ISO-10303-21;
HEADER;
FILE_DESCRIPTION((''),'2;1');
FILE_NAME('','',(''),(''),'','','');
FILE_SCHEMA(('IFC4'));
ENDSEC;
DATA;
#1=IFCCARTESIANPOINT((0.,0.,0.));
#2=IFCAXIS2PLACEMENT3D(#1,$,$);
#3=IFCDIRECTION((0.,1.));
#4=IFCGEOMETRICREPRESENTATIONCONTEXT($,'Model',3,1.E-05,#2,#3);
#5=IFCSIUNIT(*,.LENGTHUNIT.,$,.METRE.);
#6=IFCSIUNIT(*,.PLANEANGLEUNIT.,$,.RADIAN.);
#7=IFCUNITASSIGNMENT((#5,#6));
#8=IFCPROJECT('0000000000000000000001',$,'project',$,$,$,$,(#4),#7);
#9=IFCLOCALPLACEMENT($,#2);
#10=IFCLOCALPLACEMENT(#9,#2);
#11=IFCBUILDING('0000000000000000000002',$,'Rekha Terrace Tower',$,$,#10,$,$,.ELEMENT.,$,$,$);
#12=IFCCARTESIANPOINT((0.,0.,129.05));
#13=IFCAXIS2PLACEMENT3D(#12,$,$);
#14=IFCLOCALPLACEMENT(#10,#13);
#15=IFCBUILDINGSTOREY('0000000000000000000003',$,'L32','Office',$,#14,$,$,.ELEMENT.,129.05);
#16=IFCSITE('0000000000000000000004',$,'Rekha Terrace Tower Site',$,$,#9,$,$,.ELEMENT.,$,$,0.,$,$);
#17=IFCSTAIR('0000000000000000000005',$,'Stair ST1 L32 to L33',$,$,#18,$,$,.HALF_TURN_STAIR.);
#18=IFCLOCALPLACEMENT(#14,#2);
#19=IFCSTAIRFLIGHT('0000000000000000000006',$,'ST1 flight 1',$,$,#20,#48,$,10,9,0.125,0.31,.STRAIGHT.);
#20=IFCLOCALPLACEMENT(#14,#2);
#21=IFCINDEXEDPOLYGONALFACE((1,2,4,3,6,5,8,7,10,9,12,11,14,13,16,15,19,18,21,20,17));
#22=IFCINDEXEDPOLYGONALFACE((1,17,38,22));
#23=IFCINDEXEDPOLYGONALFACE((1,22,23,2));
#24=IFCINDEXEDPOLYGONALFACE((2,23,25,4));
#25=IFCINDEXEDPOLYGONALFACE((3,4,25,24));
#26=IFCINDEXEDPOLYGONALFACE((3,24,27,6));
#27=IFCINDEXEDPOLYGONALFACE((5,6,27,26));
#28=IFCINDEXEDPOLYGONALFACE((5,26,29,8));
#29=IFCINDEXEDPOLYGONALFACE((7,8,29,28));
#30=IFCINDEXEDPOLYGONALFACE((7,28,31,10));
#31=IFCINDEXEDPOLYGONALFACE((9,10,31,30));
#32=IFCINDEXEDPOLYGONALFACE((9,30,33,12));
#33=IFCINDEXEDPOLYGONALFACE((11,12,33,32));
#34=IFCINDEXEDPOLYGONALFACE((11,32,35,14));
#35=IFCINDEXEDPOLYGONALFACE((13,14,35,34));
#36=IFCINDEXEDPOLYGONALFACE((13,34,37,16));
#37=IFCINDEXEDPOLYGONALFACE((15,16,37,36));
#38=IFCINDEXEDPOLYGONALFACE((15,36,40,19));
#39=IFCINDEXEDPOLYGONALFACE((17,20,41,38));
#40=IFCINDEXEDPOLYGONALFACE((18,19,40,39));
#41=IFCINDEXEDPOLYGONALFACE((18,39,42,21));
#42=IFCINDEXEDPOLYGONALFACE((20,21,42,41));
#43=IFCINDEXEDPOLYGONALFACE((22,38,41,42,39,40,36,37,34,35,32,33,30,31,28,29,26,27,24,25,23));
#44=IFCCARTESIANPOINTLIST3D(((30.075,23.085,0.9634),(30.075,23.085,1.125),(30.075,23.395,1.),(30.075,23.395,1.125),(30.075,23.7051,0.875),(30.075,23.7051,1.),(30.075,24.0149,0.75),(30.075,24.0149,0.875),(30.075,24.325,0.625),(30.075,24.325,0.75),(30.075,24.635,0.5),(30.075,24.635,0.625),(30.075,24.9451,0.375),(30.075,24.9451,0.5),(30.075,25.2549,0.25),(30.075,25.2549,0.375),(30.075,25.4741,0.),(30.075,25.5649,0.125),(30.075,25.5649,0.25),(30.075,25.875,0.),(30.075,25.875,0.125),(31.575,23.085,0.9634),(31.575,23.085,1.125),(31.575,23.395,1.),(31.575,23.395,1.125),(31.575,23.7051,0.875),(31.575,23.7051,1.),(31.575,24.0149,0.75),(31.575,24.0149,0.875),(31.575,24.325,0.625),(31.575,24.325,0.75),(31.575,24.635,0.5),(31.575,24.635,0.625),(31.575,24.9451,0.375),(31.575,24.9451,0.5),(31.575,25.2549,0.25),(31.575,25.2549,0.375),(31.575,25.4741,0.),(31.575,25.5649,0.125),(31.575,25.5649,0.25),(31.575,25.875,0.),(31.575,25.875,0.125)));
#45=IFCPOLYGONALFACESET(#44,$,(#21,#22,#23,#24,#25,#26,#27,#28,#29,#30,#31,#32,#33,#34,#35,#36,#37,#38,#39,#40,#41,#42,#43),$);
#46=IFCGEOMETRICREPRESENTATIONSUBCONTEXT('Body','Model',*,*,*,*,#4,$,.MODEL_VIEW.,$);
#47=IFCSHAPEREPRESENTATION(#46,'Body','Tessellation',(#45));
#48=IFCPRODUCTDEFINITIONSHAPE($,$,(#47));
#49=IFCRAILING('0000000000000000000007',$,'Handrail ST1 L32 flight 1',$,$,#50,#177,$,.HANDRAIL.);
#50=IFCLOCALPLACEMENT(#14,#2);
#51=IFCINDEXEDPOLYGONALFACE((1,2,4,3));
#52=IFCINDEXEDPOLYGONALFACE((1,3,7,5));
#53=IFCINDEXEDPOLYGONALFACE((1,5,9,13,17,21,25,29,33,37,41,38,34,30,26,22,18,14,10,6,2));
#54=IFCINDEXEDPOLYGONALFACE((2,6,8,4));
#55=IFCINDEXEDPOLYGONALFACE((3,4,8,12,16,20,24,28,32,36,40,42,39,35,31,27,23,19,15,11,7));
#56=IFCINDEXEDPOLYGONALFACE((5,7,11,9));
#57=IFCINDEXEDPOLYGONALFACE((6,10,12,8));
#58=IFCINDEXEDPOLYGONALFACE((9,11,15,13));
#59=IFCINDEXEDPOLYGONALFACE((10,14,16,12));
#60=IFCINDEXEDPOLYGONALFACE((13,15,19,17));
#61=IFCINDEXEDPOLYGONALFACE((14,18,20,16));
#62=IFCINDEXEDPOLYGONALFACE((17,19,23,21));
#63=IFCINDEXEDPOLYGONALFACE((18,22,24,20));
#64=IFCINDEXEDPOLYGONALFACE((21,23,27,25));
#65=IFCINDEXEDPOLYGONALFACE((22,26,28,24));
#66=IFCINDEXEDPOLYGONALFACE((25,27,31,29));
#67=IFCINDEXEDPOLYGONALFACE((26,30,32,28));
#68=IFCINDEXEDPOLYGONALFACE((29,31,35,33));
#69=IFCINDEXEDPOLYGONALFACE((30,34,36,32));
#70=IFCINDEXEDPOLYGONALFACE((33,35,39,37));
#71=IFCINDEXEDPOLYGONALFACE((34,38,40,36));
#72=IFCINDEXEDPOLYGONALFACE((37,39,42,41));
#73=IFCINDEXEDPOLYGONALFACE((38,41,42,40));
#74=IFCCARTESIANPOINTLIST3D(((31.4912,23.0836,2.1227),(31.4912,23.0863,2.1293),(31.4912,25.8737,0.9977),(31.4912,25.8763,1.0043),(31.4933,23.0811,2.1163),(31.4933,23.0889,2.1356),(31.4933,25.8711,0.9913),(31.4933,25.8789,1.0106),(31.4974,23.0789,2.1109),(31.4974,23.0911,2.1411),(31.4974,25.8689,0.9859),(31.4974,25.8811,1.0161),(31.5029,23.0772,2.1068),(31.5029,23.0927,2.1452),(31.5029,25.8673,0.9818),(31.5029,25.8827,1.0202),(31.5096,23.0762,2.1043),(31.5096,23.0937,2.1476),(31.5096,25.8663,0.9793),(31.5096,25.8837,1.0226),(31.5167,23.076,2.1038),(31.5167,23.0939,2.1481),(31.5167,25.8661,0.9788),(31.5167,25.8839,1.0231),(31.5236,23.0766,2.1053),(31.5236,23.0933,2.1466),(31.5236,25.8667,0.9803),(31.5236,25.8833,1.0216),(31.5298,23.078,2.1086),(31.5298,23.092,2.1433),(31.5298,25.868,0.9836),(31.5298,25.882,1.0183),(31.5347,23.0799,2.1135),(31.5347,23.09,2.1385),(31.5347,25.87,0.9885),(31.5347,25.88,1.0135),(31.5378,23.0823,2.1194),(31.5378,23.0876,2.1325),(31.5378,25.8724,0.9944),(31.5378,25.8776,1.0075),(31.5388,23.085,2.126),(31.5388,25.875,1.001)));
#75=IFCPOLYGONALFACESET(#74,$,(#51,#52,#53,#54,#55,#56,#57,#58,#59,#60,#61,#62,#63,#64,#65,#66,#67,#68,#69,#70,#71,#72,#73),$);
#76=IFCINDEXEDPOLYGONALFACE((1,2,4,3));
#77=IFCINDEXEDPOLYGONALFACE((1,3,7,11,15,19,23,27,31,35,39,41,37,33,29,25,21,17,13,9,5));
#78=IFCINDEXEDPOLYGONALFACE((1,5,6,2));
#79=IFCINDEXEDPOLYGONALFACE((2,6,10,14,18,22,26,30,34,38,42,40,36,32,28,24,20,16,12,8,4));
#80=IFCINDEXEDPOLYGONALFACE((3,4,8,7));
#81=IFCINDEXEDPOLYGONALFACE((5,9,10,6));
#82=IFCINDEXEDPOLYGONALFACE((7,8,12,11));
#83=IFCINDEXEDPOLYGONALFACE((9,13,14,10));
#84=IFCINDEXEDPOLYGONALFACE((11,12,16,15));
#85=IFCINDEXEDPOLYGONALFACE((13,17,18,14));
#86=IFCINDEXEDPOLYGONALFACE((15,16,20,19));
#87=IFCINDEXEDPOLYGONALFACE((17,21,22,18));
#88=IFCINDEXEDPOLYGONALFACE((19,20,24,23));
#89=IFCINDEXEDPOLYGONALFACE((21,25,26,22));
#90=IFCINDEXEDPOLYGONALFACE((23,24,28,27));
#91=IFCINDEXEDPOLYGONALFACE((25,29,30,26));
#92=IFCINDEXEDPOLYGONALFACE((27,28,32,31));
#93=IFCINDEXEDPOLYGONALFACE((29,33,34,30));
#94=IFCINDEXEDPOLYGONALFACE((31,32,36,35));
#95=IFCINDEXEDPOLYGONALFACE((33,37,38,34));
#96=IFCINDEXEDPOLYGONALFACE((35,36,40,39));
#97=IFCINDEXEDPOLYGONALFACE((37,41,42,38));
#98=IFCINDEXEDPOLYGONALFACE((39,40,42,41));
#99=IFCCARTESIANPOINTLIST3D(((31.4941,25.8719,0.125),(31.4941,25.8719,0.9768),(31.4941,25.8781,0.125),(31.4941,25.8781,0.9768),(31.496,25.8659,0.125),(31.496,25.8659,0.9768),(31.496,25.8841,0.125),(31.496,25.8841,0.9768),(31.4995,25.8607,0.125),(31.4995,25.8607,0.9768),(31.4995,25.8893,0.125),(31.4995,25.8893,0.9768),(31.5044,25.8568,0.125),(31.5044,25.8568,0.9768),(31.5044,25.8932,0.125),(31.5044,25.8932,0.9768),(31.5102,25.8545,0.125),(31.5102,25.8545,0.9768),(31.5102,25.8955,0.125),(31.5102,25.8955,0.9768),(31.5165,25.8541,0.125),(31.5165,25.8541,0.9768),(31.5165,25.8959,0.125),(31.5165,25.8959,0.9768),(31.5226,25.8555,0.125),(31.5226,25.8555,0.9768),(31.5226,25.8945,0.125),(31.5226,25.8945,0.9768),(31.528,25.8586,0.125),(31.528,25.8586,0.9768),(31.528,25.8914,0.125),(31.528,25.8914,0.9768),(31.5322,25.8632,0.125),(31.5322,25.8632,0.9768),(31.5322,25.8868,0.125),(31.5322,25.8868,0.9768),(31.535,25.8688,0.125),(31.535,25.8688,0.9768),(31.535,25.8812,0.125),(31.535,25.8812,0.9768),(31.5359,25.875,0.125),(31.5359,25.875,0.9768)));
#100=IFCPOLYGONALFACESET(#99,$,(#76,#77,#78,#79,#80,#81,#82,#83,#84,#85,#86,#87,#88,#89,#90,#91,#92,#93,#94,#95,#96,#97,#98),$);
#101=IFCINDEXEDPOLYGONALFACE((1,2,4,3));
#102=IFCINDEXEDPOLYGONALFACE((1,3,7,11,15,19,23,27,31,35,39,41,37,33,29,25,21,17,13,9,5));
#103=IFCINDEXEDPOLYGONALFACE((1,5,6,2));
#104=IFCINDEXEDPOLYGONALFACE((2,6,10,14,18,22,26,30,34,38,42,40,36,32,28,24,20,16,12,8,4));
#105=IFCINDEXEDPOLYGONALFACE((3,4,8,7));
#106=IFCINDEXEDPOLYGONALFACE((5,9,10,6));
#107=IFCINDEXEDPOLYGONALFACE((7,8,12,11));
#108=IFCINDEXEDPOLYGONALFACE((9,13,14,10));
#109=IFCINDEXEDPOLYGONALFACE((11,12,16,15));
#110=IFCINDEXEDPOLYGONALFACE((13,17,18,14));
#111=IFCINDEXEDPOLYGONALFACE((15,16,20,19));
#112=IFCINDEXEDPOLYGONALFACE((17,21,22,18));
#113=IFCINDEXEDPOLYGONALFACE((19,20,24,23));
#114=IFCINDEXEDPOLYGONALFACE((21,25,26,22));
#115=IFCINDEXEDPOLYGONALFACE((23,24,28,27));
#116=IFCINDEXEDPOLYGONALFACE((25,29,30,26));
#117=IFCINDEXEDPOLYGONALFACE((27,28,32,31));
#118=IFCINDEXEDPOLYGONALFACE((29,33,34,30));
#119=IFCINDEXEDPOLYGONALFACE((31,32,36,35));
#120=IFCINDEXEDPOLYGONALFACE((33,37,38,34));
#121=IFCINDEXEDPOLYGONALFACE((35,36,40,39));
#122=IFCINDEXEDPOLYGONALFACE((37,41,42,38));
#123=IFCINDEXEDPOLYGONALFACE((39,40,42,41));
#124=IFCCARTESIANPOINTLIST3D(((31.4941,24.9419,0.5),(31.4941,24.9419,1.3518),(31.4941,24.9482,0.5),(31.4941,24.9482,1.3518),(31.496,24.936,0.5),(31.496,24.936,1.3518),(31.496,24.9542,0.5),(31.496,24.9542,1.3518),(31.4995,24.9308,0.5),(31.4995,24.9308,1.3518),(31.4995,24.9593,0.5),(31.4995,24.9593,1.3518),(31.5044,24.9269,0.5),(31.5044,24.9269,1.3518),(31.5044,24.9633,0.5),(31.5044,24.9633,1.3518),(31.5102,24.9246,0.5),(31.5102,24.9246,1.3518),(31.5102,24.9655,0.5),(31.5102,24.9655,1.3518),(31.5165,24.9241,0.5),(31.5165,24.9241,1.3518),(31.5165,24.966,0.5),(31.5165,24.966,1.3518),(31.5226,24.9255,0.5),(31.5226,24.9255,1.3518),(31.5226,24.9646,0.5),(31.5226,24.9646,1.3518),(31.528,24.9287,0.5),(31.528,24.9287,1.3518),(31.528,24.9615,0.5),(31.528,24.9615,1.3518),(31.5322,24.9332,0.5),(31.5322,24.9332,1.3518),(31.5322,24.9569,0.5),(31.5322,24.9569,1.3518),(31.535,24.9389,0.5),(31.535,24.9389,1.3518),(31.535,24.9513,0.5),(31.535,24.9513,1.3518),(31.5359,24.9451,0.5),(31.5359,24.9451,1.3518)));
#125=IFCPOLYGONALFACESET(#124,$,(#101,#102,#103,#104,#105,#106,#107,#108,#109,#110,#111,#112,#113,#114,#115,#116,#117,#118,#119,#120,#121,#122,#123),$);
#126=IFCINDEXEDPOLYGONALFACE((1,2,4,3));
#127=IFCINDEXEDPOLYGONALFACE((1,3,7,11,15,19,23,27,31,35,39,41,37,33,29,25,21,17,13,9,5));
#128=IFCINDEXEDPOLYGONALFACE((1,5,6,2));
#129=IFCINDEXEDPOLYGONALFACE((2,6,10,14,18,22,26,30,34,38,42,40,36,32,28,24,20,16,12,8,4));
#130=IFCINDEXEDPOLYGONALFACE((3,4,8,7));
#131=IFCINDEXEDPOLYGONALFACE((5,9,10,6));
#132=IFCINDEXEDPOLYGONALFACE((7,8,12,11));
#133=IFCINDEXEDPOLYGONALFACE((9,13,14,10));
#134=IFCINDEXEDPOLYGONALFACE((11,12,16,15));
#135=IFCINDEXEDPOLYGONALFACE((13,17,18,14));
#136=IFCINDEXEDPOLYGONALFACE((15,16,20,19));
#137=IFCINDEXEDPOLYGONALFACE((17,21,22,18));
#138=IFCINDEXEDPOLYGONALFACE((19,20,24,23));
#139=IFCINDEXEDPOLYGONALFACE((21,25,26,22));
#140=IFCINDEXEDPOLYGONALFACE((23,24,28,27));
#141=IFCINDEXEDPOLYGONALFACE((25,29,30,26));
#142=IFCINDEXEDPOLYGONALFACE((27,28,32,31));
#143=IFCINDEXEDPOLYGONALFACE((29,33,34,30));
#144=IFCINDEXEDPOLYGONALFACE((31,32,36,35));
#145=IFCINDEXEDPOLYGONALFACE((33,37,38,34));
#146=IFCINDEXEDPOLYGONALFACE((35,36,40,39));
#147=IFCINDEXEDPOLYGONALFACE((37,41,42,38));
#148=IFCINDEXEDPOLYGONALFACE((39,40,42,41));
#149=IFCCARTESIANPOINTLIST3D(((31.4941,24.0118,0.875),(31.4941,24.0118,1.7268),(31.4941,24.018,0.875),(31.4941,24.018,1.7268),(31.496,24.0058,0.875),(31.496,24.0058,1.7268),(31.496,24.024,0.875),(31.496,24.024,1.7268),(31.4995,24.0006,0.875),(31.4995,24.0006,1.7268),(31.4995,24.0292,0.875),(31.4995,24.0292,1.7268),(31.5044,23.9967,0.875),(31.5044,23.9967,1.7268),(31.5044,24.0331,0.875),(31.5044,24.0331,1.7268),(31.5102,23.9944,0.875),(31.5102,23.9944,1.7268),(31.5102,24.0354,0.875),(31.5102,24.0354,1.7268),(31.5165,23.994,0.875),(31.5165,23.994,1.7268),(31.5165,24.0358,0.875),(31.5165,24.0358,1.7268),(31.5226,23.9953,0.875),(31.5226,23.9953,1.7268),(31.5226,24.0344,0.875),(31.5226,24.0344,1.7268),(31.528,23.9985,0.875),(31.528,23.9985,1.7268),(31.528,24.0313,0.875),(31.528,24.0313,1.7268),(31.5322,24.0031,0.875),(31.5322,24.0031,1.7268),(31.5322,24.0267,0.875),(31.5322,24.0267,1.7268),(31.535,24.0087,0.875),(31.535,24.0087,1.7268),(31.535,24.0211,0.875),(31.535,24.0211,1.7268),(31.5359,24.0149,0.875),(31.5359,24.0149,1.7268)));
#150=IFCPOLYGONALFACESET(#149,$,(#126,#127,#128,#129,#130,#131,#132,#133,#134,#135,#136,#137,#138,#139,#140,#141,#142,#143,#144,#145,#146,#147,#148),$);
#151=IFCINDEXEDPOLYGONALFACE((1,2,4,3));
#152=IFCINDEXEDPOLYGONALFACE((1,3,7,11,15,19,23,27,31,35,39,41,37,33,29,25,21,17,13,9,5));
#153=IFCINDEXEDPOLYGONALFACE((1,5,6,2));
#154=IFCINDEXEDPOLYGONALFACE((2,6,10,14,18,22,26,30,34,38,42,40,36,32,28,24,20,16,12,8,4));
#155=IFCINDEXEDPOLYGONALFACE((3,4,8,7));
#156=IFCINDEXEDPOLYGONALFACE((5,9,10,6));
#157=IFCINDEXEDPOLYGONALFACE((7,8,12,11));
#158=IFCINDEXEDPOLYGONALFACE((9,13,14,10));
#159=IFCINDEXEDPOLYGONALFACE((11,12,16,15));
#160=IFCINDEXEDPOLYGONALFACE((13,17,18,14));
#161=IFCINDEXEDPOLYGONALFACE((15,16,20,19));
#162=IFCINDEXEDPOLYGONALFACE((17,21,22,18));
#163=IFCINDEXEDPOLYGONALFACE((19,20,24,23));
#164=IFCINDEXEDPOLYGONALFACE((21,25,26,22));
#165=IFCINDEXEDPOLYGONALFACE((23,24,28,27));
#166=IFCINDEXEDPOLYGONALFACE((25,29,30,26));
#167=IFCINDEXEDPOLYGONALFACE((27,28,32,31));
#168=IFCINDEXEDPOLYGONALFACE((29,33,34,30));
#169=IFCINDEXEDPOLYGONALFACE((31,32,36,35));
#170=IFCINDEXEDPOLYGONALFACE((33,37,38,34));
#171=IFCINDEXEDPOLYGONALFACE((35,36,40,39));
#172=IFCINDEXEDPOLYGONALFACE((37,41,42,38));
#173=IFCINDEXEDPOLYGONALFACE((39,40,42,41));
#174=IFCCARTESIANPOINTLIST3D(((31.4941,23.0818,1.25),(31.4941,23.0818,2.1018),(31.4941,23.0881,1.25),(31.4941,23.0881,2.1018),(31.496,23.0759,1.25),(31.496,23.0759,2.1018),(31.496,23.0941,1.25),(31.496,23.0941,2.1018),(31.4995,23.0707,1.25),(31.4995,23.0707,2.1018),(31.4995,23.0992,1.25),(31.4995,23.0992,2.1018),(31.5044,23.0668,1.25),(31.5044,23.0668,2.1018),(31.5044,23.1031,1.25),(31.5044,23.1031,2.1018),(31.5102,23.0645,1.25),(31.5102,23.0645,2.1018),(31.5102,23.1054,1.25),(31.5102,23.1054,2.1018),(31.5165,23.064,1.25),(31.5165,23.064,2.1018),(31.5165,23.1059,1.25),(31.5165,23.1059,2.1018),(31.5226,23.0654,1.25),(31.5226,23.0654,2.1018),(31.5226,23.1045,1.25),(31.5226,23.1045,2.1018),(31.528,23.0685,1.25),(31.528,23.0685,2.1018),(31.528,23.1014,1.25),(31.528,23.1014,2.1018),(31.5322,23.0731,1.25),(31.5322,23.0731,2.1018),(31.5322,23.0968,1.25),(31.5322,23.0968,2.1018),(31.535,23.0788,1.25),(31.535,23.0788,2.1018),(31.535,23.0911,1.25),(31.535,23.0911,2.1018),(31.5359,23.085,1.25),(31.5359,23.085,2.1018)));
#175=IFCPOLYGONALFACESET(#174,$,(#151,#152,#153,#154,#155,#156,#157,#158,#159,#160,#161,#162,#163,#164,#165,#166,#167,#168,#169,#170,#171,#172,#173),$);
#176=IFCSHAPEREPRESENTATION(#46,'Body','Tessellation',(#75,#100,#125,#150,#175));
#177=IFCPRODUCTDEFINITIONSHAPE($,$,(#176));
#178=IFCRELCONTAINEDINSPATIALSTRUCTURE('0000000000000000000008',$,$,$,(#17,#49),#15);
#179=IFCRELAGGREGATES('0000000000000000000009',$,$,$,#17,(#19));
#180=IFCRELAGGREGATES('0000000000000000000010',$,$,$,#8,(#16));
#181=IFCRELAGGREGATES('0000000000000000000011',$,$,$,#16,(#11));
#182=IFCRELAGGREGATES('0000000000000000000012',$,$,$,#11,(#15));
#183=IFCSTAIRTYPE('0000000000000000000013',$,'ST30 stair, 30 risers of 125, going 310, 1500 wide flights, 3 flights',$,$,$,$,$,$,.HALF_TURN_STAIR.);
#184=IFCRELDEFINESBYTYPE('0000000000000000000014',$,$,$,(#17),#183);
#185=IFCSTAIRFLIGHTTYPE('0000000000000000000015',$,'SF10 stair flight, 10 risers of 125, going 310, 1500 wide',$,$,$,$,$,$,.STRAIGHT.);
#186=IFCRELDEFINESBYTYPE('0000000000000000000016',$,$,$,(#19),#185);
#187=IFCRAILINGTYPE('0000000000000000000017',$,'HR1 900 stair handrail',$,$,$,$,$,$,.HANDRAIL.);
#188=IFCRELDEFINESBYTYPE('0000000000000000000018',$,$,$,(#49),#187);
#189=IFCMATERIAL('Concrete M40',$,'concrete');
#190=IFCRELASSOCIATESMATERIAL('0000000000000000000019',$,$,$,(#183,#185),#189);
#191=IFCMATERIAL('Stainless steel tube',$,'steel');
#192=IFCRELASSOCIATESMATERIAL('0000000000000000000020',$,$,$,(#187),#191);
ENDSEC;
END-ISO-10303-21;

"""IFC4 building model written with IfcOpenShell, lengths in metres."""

from ifc_helpers import new_model, si_unit, direction, frame, origin, origin_2d, place, context, subcontext, project, spatial, polyline, circle, outline, extrude, material, type_object, element, aggregate, save


model = new_model("IFC4")

# Units and contexts
model_context = context("Model", 3, precision=1e-05, world=origin(), true_north=direction((0.0, 1.0)))
body_context = subcontext(model_context, "Body", "Model", "MODEL_VIEW")
ifc_project = project(units=[si_unit("LENGTHUNIT", "METRE"), si_unit("PLANEANGLEUNIT", "RADIAN")], contexts=[model_context])

# Site, building, storey
site_placement = place(None, origin())
site = spatial("IfcSite", under=ifc_project, at=site_placement, Name="Rekha Terrace Tower Site", CompositionType="ELEMENT", RefElevation=0.0)
building_placement = place(site_placement, origin())
building = spatial("IfcBuilding", under=site, at=building_placement, Name="Rekha Terrace Tower", CompositionType="ELEMENT")
storey_placement = place(building_placement, frame((0.0, 0.0, 129.05)))
storey = spatial("IfcBuildingStorey", under=building, at=storey_placement, Name="L32", Description="Office", CompositionType="ELEMENT", Elevation=129.05)

# Stair, stair flight
ifc_material_1 = material(Name="Concrete M40", Category="concrete")
stair_type = type_object("IfcStairType", Name="ST30 stair, 30 risers of 125, going 310, 1500 wide flights, 3 flights", PredefinedType="HALF_TURN_STAIR", material=ifc_material_1)
stair_placement = place(storey_placement, origin())
stair = element("IfcStair", 1, at=stair_placement, inside=storey, type_object=stair_type, Name="Stair ST1 L32 to L33", PredefinedType="HALF_TURN_STAIR")
stair_flight_type = type_object("IfcStairFlightType", Name="SF10 stair flight, 10 risers of 125, going 310, 1500 wide", PredefinedType="STRAIGHT", material=ifc_material_1)
stair_flight_placement = place(storey_placement, frame((30.825, 25.875, 0.0), z_axis=(0.0, 0.0, 1.0), x_axis=(0.0, -1.0, 0.0)))
stair_flight = element("IfcStairFlight", 2, at=stair_flight_placement, type_object=stair_flight_type, Name="ST1 flight 1", NumberOfRisers=10, NumberOfTreads=9, PredefinedType="STRAIGHT", RiserHeight=0.125, TreadLength=0.31, context=body_context, shape_type="SweptSolid", body=[
    extrude(outline(polyline([(0.0, 0.0), (0.0, 0.125), (0.3101, 0.125), (0.3101, 0.25), (0.6201, 0.25), (0.6201, 0.375), (0.9299, 0.375), (0.9299, 0.5), (1.24, 0.5), (1.24, 0.625), (1.55, 0.625), (1.55, 0.75), (1.8601, 0.75), (1.8601, 0.875), (2.1699, 0.875), (2.1699, 1.0), (2.48, 1.0), (2.48, 1.125), (2.79, 1.125), (2.79, 1.25), (2.79, 0.9634), (0.4009, 0.0), (0.0, 0.0)])), frame((0.0, 0.75, 0.0), z_axis=(0.0, -1.0, 0.0), x_axis=(1.0, 0.0, 0.0)), (0.0, 0.0, 1.0), 1.5),
])
aggregate(stair, [stair_flight])

# Railing
ifc_material_2 = material(Name="Stainless steel tube", Category="steel")
railing_type = type_object("IfcRailingType", Name="HR1 900 stair handrail", PredefinedType="HANDRAIL", material=ifc_material_2)
railing_placement = place(storey_placement, frame((31.5149, 25.875, 0.125)))
element("IfcRailing", 3, at=railing_placement, inside=storey, type_object=railing_type, Name="Handrail ST1 L32 flight 1", PredefinedType="HANDRAIL", context=body_context, shape_type="SweptSolid", body=[
    extrude(circle(Radius=0.0239, at=origin_2d()), frame((0.0, 0.0, 0.876), z_axis=(0.0, -0.927443, 0.373964), x_axis=(1.0, 0.0, 0.0)), (0.0, 0.0, 1.0), 3.0083),
    extrude(circle(Radius=0.021, at=origin_2d()), origin(), (0.0, 0.0, 1.0), 0.8518),
    extrude(circle(Radius=0.021, at=origin_2d()), frame((0.0, -0.9299, 0.375)), (0.0, 0.0, 1.0), 0.8518),
    extrude(circle(Radius=0.021, at=origin_2d()), frame((0.0, -1.8601, 0.75)), (0.0, 0.0, 1.0), 0.8518),
    extrude(circle(Radius=0.021, at=origin_2d()), frame((0.0, -2.79, 1.125)), (0.0, 0.0, 1.0), 0.8518),
])

save(model, "model.ifc")
